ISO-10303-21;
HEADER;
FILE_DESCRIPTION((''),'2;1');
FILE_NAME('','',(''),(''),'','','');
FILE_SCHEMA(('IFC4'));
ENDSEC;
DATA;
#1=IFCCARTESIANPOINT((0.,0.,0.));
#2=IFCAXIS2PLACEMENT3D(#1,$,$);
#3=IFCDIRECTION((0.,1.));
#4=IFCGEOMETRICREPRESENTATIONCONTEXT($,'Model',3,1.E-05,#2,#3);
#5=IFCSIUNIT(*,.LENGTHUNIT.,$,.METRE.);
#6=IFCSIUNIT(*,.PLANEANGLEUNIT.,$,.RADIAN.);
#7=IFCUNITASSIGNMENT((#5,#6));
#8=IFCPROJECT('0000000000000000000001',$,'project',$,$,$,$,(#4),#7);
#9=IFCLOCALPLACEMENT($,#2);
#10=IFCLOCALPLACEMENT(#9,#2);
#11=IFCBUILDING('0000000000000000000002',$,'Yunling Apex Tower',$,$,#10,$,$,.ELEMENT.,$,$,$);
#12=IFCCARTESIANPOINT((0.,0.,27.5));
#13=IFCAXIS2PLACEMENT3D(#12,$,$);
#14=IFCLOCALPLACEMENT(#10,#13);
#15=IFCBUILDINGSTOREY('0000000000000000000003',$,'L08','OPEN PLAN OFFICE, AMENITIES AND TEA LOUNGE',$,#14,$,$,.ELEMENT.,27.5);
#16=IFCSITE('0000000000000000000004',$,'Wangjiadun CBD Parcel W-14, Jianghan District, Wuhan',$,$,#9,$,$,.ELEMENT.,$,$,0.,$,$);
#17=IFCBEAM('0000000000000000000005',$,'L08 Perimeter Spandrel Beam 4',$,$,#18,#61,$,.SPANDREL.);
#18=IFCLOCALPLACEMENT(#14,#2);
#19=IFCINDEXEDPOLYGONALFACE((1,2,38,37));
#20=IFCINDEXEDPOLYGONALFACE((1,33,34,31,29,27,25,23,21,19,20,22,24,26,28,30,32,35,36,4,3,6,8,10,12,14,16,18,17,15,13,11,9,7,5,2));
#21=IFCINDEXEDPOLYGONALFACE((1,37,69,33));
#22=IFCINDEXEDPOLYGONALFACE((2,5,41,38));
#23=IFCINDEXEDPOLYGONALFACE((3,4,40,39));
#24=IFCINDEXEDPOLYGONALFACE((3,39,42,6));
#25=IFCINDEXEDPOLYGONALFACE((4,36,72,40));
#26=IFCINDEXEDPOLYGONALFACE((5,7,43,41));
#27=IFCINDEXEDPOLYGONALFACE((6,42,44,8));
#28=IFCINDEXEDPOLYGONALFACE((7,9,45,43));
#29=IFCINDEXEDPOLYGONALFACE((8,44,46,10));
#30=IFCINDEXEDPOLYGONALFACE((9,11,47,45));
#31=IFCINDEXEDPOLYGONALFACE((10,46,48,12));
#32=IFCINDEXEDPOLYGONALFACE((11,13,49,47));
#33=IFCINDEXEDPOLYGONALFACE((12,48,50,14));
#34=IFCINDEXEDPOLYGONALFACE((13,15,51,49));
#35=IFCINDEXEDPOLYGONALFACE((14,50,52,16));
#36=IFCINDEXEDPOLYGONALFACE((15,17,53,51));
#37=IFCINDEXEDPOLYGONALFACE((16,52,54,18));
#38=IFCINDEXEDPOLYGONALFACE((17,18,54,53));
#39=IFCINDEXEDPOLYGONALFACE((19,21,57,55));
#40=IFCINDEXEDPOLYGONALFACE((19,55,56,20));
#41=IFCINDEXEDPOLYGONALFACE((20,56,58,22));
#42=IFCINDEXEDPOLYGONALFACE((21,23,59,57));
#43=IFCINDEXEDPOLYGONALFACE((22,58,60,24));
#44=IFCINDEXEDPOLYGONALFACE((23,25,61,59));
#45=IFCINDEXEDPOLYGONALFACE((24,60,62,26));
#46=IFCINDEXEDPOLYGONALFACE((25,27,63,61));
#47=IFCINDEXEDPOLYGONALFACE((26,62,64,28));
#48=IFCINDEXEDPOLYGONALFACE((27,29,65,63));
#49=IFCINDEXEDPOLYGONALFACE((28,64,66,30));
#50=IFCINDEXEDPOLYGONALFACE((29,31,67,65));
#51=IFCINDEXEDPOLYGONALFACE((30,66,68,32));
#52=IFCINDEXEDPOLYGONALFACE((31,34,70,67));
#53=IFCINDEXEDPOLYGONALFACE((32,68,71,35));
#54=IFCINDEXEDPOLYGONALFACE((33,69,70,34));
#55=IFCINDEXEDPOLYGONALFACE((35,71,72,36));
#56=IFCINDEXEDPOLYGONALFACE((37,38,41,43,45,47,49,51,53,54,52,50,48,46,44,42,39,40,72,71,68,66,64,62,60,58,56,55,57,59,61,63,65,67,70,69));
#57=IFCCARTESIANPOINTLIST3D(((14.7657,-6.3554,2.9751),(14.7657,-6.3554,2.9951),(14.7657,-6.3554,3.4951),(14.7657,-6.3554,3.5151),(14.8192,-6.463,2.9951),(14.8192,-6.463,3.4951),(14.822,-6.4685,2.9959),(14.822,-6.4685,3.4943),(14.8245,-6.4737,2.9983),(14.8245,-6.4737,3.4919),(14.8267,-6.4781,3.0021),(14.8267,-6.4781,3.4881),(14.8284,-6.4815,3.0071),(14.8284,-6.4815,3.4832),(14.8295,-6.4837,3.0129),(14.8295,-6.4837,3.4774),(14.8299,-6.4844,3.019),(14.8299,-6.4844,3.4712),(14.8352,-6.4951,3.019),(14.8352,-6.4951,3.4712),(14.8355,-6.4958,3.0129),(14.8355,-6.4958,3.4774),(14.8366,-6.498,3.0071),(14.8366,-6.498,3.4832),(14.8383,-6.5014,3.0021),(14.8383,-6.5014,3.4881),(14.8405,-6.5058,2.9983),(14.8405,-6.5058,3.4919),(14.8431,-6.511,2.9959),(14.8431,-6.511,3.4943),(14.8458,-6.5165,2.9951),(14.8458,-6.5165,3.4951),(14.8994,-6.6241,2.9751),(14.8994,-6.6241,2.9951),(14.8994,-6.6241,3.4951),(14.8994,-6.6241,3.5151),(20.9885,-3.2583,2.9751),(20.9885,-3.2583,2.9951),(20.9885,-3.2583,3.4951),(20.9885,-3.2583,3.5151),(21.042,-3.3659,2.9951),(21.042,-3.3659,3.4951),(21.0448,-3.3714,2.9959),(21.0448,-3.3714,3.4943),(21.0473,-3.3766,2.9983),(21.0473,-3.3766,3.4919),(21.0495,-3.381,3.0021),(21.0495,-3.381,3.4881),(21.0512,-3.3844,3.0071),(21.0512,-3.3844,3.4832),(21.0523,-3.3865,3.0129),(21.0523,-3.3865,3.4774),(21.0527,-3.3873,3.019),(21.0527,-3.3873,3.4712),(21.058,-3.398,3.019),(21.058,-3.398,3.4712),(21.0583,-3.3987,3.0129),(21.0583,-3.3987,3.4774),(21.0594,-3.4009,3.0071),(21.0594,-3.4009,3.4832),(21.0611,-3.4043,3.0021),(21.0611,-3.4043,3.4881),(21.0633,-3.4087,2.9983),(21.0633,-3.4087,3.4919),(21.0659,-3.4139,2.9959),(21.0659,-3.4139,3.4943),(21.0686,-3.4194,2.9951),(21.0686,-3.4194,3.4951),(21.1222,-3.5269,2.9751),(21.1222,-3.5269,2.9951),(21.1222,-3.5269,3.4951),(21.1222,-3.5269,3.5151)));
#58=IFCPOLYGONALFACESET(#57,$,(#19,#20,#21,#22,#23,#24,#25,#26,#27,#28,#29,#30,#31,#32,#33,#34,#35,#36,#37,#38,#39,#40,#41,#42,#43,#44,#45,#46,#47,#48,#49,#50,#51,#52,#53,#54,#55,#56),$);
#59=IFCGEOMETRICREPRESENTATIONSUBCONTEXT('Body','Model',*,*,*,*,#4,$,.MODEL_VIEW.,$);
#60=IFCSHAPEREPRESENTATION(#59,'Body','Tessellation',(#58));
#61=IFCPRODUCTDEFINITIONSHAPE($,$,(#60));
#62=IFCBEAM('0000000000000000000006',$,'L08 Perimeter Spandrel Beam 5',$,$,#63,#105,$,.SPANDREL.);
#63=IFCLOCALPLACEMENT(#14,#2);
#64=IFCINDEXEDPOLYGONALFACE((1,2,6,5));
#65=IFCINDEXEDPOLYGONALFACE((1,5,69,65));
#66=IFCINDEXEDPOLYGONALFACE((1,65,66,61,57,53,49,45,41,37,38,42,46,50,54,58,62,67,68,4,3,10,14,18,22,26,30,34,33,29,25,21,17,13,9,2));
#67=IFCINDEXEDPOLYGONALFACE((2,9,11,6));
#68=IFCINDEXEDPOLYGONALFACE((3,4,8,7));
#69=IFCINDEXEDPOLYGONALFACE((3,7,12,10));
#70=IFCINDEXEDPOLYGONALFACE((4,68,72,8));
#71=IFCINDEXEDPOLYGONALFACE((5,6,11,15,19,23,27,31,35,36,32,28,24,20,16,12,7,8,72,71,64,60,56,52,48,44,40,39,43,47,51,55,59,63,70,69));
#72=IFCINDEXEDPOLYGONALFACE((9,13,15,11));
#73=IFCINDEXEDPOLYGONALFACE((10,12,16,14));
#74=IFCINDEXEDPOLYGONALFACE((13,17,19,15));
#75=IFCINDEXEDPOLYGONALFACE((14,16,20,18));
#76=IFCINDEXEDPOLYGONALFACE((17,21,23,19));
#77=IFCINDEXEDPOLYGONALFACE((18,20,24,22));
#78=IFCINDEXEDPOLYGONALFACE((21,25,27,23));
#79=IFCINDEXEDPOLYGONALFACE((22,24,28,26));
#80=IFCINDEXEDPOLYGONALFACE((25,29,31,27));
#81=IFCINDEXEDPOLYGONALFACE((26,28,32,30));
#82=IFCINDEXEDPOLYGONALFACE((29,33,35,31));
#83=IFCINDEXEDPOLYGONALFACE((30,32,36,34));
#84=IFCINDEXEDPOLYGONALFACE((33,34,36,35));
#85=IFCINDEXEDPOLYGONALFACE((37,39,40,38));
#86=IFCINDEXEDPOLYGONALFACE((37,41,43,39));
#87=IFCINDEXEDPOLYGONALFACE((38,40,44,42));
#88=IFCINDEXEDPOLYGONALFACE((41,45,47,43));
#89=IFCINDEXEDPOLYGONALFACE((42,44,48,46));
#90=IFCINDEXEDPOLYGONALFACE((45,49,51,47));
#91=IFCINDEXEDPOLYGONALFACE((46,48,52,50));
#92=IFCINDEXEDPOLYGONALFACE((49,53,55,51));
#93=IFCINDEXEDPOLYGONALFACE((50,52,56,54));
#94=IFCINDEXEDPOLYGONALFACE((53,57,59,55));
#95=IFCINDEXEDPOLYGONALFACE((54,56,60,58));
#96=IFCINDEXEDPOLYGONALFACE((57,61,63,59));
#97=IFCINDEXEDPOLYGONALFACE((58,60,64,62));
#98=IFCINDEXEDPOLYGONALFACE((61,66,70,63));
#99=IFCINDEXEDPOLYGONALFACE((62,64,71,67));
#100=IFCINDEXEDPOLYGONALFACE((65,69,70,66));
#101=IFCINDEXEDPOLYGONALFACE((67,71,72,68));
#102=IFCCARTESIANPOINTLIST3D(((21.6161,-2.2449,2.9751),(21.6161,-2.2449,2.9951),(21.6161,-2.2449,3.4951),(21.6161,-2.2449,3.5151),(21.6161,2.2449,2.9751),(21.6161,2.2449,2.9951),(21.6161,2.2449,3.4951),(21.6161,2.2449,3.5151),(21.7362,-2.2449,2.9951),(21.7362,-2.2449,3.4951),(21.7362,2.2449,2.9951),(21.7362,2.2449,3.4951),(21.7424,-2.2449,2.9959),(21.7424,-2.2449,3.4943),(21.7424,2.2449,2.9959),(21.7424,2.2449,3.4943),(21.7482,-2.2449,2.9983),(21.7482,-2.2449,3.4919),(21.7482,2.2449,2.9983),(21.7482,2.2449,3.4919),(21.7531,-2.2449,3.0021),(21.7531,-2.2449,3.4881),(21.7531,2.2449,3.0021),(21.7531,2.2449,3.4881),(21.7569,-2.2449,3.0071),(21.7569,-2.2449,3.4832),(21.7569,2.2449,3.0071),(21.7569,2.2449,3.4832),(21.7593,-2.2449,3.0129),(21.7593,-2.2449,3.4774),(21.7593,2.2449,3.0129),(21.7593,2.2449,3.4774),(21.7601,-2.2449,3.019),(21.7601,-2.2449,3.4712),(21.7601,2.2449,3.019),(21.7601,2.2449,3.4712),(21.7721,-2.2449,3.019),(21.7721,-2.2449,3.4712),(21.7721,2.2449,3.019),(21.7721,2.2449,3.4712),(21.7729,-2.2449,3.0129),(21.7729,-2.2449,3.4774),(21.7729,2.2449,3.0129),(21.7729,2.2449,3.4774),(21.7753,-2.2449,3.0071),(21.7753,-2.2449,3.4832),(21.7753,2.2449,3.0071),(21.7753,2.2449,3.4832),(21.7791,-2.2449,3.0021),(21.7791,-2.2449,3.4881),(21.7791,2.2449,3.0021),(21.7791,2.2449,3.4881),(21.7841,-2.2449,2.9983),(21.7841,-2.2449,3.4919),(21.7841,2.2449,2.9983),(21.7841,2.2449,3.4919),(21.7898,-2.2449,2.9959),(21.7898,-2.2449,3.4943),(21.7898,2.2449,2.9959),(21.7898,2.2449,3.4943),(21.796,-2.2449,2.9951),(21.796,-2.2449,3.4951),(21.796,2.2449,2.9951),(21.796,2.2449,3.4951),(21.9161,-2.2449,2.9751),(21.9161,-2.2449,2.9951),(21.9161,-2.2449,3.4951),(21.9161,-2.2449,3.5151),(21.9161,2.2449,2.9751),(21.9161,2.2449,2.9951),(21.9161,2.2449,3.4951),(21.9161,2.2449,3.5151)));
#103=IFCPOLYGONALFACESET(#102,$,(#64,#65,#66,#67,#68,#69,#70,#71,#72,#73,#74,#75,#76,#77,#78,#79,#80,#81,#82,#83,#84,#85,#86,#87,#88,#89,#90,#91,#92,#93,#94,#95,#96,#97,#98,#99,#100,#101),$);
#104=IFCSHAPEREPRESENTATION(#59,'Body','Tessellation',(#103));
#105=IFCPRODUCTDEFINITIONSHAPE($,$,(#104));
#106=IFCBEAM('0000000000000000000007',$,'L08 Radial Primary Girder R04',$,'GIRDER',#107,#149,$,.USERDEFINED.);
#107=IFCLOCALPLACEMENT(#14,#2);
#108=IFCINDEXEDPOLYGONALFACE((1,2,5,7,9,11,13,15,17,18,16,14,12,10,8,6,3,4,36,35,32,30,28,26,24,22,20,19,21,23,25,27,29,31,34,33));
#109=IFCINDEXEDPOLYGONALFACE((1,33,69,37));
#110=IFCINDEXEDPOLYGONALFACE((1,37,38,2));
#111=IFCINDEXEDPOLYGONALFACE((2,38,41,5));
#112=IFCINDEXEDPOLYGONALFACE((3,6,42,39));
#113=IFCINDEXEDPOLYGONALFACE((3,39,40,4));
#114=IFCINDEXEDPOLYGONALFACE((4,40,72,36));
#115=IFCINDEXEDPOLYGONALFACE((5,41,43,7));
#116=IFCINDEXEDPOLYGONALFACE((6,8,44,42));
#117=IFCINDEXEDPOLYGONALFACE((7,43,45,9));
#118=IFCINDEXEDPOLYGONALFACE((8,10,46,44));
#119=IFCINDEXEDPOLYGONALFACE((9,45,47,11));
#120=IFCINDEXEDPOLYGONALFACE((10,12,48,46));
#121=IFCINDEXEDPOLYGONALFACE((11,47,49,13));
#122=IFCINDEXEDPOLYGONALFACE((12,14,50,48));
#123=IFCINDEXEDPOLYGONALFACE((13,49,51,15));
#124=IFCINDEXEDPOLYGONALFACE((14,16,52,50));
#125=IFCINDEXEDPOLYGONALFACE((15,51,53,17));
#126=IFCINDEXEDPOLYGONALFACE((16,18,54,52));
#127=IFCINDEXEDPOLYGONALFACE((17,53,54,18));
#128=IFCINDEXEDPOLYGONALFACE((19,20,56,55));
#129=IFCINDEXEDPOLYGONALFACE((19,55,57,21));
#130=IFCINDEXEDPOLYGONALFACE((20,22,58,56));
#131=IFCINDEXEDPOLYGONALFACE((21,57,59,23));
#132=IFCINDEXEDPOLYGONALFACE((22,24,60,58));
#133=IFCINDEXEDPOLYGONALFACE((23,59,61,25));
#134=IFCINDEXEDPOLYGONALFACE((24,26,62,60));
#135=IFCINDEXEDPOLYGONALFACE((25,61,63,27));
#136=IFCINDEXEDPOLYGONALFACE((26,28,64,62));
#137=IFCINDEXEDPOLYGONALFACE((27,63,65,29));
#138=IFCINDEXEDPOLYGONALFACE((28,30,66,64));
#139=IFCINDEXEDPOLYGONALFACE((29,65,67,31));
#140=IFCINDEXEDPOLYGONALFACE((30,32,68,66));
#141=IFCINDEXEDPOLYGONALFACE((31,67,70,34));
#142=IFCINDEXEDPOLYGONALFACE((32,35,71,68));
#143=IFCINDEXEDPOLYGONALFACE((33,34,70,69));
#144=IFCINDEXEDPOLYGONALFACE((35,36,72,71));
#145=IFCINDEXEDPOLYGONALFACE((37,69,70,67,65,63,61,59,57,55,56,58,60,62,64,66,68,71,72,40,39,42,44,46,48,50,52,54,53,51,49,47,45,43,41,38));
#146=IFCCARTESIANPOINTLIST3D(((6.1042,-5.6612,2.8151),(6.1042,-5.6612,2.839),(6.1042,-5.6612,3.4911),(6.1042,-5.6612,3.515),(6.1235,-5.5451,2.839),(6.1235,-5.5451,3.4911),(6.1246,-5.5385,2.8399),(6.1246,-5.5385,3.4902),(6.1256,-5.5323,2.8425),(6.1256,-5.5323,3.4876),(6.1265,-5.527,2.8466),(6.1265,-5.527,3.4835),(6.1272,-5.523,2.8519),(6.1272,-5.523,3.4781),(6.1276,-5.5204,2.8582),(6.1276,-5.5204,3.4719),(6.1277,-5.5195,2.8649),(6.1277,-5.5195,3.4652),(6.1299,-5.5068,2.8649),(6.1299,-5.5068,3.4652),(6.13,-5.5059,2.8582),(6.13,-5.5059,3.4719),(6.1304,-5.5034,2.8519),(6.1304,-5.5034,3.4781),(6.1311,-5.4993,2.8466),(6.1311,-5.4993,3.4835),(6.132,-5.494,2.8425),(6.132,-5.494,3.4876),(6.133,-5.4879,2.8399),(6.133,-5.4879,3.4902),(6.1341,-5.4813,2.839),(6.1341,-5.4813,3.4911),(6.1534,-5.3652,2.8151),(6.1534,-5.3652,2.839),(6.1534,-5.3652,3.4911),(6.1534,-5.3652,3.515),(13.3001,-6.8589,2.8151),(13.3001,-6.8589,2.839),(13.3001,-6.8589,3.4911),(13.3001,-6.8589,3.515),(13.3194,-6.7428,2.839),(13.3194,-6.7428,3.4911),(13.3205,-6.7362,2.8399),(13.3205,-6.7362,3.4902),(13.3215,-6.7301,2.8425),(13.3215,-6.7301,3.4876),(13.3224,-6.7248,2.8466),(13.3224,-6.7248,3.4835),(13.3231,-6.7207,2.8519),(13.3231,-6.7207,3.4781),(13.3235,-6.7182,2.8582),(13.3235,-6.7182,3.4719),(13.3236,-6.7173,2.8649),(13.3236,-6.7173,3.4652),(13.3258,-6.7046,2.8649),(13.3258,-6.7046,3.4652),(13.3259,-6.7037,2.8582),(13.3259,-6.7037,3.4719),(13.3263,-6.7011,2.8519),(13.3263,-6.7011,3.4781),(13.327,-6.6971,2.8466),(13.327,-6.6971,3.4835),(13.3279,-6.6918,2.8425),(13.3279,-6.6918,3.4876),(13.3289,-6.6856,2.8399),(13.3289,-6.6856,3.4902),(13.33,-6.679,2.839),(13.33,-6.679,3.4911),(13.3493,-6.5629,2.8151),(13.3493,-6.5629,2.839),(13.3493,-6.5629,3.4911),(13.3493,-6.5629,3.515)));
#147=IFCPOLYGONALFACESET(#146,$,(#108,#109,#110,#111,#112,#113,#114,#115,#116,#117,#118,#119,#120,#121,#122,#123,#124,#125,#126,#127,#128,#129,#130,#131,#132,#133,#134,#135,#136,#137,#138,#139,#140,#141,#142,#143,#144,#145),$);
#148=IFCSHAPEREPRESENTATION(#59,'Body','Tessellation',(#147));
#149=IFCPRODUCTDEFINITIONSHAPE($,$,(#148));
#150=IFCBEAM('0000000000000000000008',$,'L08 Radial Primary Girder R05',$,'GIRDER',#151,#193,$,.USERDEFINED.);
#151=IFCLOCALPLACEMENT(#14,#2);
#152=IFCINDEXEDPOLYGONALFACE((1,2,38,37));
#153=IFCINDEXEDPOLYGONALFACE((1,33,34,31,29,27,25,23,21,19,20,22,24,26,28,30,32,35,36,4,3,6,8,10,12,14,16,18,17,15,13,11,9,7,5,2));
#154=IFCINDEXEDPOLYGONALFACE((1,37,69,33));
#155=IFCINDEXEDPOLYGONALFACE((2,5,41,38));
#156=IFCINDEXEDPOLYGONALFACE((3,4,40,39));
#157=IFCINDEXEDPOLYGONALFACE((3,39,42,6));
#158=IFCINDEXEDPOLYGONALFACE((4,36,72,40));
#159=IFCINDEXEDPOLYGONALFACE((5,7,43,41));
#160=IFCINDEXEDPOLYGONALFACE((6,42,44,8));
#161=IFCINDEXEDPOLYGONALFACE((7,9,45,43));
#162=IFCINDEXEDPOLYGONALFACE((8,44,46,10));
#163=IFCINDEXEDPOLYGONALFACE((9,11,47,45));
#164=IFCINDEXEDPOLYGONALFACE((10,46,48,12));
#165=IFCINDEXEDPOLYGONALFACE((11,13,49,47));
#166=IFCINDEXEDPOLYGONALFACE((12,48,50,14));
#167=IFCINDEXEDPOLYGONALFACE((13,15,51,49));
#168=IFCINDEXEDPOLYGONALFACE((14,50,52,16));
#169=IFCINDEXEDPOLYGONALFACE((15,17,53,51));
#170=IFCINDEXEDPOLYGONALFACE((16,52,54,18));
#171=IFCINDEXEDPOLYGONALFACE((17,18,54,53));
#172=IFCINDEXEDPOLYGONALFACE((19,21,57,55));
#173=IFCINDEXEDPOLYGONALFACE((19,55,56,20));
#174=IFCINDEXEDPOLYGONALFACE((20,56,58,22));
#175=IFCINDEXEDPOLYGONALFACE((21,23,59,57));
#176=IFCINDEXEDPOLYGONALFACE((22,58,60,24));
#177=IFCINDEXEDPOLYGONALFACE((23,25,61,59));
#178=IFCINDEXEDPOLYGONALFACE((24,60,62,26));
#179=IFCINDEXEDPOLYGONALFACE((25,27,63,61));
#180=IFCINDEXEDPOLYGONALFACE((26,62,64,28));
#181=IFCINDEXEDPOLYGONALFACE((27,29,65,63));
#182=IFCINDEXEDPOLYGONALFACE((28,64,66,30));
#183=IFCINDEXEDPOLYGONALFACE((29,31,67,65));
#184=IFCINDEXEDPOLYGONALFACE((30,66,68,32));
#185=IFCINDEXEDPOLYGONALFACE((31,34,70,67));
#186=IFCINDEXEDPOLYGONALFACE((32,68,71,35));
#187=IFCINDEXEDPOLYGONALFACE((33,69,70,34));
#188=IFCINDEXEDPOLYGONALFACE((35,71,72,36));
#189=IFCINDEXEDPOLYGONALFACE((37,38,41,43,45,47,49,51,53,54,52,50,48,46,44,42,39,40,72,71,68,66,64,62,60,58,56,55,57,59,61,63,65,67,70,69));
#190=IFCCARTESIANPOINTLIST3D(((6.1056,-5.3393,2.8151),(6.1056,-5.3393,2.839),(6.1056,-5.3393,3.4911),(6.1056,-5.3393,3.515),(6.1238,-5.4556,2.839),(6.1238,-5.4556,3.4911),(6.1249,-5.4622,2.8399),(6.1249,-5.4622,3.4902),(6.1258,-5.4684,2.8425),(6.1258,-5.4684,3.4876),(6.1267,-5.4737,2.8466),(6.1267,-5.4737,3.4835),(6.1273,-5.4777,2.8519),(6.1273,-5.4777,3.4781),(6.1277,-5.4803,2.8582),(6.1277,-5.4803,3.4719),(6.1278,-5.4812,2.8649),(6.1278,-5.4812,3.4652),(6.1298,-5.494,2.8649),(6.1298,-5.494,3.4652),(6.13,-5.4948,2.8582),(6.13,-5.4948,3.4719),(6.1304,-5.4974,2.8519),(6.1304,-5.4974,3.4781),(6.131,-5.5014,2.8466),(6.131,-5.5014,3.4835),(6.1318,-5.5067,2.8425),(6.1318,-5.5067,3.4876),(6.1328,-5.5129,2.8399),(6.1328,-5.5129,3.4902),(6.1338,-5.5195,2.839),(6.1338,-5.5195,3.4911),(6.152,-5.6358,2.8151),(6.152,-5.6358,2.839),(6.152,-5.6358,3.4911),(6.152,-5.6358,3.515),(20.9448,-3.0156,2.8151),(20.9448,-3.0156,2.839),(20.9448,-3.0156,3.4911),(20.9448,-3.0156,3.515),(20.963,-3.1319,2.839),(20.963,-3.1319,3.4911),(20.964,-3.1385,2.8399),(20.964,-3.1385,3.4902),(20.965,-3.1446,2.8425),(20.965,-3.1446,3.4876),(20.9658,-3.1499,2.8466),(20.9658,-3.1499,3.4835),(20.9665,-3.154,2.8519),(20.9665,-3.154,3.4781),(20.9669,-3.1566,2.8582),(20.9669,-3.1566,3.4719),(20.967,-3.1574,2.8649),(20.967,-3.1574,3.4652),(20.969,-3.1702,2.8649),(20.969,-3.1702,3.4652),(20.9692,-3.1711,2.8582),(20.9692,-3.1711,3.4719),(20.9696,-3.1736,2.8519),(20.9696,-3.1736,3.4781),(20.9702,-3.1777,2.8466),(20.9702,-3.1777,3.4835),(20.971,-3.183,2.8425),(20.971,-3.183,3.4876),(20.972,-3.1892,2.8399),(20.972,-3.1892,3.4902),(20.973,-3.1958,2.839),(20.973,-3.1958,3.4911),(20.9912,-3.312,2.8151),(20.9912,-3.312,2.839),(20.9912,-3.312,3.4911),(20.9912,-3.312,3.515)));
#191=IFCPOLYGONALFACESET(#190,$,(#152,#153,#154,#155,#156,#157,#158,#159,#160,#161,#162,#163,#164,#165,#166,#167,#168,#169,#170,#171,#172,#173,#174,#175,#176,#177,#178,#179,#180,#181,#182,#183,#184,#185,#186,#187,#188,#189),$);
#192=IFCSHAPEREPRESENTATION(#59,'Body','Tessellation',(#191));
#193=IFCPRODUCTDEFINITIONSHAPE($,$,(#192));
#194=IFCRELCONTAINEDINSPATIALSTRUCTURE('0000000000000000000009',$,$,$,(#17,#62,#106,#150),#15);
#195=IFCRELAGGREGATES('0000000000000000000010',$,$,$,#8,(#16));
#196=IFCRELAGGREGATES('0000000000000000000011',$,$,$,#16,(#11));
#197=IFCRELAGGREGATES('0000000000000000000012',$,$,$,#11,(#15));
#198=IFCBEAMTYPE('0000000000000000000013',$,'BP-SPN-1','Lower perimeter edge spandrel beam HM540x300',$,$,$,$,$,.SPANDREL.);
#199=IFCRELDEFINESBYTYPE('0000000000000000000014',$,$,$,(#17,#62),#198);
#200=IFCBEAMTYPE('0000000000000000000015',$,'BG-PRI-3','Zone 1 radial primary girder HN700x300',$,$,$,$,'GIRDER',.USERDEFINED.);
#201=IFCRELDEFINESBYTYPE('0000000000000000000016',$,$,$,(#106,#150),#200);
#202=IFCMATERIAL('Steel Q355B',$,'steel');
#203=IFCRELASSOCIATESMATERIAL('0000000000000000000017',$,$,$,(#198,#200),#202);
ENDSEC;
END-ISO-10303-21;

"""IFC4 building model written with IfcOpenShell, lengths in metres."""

from ifc_helpers import new_model, si_unit, direction, frame, origin, origin_2d, place, context, subcontext, project, spatial, i_section, extrude, source, transform, mapped, material, material_profile, profile_set, type_object, element, save


model = new_model("IFC4")

# Units and contexts
model_context = context("Model", 3, precision=1e-05, world=origin(), true_north=direction((0.0, 1.0)))
body_context = subcontext(model_context, "Body", "Model", "MODEL_VIEW")
ifc_project = project(units=[si_unit("LENGTHUNIT", "METRE"), si_unit("PLANEANGLEUNIT", "RADIAN")], contexts=[model_context])

# Site, building, storey
site_placement = place(None, origin())
site = spatial("IfcSite", under=ifc_project, at=site_placement, Name="Wangjiadun CBD Parcel W-14, Jianghan District, Wuhan", CompositionType="ELEMENT", RefElevation=0.0)
building_placement = place(site_placement, origin())
building = spatial("IfcBuilding", under=site, at=building_placement, Name="Yunling Apex Tower", CompositionType="ELEMENT")
storey_placement = place(building_placement, frame((0.0, 0.0, 27.5)))
storey = spatial("IfcBuildingStorey", under=building, at=storey_placement, Name="L08", Description="OPEN PLAN OFFICE, AMENITIES AND TEA LOUNGE", CompositionType="ELEMENT", Elevation=27.5)

# Beams
ifc_material_1 = material(Name="Steel Q355B", Category="steel")
ifc_material_profile_1 = material_profile(ifc_material_1, i_section(OverallWidth=0.3, OverallDepth=0.54, WebThickness=0.012, FlangeThickness=0.02, FilletRadius=0.0239, at=origin_2d()))
ifc_profile_set_1 = profile_set([ifc_material_profile_1], Name="Steel Q355B")
beam_type_1 = type_object("IfcBeamType", Name="BP-SPN-1", Description="Lower perimeter edge spandrel beam HM540x300", PredefinedType="SPANDREL", material=ifc_profile_set_1)
shared_shape_1 = source(origin(), body_context, "Body", "SweptSolid", [
    extrude(i_section(OverallWidth=0.3, OverallDepth=0.54, WebThickness=0.012, FlangeThickness=0.02, FilletRadius=0.0239, at=origin_2d()), origin(), (0.0, 0.0, 1.0), 6.9509),
])
beam_1_placement = place(storey_placement, frame((14.8325, -6.4897, 3.2451), z_axis=(0.895248, 0.445569, 0.0), x_axis=(-0.445569, 0.895248, 0.0)))
element("IfcBeam", 1, at=beam_1_placement, inside=storey, type_object=beam_type_1, Name="L08 Perimeter Spandrel Beam 4", PredefinedType="SPANDREL", context=body_context, shape_type="MappedRepresentation", body=[
    mapped(shared_shape_1, transform((0.0, 0.0, 0.0), scale=1.0)),
])
shared_shape_2 = source(origin(), body_context, "Body", "SweptSolid", [
    extrude(i_section(OverallWidth=0.3, OverallDepth=0.54, WebThickness=0.012, FlangeThickness=0.02, FilletRadius=0.0239, at=origin_2d()), origin(), (0.0, 0.0, 1.0), 4.4897),
])
beam_2_placement = place(storey_placement, frame((21.7661, -2.2449, 3.2451), z_axis=(0.0, 1.0, 0.0), x_axis=(-1.0, 0.0, 0.0)))
element("IfcBeam", 2, at=beam_2_placement, inside=storey, type_object=beam_type_1, Name="L08 Perimeter Spandrel Beam 5", PredefinedType="SPANDREL", context=body_context, shape_type="MappedRepresentation", body=[
    mapped(shared_shape_2, transform((0.0, 0.0, 0.0), scale=1.0)),
])
ifc_material_profile_2 = material_profile(ifc_material_1, i_section(OverallWidth=0.3, OverallDepth=0.7, WebThickness=0.0129, FlangeThickness=0.0239, FilletRadius=0.0259, at=origin_2d()))
ifc_profile_set_2 = profile_set([ifc_material_profile_2], Name="Steel Q355B")
beam_type_2 = type_object("IfcBeamType", Name="BG-PRI-3", Description="Zone 1 radial primary girder HN700x300", ElementType="GIRDER", PredefinedType="USERDEFINED", material=ifc_profile_set_2)
shared_shape_3 = source(origin(), body_context, "Body", "SweptSolid", [
    extrude(i_section(OverallWidth=0.3, OverallDepth=0.7, WebThickness=0.0129, FlangeThickness=0.0239, FilletRadius=0.0259, at=origin_2d()), origin(), (0.0, 0.0, 1.0), 7.2949),
])
beam_3_placement = place(storey_placement, frame((13.3247, -6.7109, 3.165), z_axis=(-0.986428, 0.164193, 0.0), x_axis=(-0.164193, -0.986428, 0.0)))
element("IfcBeam", 3, at=beam_3_placement, inside=storey, type_object=beam_type_2, Name="L08 Radial Primary Girder R04", ObjectType="GIRDER", PredefinedType="USERDEFINED", context=body_context, shape_type="MappedRepresentation", body=[
    mapped(shared_shape_3, transform((0.0, 0.0, 0.0), scale=1.0)),
])
shared_shape_4 = source(origin(), body_context, "Body", "SweptSolid", [
    extrude(i_section(OverallWidth=0.3, OverallDepth=0.7, WebThickness=0.0129, FlangeThickness=0.0239, FilletRadius=0.0259, at=origin_2d()), origin(), (0.0, 0.0, 1.0), 15.02),
])
beam_4_placement = place(storey_placement, frame((20.968, -3.1638, 3.165), z_axis=(-0.98796, -0.15471, 0.0), x_axis=(0.15471, -0.98796, 0.0)))
element("IfcBeam", 4, at=beam_4_placement, inside=storey, type_object=beam_type_2, Name="L08 Radial Primary Girder R05", ObjectType="GIRDER", PredefinedType="USERDEFINED", context=body_context, shape_type="MappedRepresentation", body=[
    mapped(shared_shape_4, transform((0.0, 0.0, 0.0), scale=1.0)),
])

save(model, "model.ifc")
